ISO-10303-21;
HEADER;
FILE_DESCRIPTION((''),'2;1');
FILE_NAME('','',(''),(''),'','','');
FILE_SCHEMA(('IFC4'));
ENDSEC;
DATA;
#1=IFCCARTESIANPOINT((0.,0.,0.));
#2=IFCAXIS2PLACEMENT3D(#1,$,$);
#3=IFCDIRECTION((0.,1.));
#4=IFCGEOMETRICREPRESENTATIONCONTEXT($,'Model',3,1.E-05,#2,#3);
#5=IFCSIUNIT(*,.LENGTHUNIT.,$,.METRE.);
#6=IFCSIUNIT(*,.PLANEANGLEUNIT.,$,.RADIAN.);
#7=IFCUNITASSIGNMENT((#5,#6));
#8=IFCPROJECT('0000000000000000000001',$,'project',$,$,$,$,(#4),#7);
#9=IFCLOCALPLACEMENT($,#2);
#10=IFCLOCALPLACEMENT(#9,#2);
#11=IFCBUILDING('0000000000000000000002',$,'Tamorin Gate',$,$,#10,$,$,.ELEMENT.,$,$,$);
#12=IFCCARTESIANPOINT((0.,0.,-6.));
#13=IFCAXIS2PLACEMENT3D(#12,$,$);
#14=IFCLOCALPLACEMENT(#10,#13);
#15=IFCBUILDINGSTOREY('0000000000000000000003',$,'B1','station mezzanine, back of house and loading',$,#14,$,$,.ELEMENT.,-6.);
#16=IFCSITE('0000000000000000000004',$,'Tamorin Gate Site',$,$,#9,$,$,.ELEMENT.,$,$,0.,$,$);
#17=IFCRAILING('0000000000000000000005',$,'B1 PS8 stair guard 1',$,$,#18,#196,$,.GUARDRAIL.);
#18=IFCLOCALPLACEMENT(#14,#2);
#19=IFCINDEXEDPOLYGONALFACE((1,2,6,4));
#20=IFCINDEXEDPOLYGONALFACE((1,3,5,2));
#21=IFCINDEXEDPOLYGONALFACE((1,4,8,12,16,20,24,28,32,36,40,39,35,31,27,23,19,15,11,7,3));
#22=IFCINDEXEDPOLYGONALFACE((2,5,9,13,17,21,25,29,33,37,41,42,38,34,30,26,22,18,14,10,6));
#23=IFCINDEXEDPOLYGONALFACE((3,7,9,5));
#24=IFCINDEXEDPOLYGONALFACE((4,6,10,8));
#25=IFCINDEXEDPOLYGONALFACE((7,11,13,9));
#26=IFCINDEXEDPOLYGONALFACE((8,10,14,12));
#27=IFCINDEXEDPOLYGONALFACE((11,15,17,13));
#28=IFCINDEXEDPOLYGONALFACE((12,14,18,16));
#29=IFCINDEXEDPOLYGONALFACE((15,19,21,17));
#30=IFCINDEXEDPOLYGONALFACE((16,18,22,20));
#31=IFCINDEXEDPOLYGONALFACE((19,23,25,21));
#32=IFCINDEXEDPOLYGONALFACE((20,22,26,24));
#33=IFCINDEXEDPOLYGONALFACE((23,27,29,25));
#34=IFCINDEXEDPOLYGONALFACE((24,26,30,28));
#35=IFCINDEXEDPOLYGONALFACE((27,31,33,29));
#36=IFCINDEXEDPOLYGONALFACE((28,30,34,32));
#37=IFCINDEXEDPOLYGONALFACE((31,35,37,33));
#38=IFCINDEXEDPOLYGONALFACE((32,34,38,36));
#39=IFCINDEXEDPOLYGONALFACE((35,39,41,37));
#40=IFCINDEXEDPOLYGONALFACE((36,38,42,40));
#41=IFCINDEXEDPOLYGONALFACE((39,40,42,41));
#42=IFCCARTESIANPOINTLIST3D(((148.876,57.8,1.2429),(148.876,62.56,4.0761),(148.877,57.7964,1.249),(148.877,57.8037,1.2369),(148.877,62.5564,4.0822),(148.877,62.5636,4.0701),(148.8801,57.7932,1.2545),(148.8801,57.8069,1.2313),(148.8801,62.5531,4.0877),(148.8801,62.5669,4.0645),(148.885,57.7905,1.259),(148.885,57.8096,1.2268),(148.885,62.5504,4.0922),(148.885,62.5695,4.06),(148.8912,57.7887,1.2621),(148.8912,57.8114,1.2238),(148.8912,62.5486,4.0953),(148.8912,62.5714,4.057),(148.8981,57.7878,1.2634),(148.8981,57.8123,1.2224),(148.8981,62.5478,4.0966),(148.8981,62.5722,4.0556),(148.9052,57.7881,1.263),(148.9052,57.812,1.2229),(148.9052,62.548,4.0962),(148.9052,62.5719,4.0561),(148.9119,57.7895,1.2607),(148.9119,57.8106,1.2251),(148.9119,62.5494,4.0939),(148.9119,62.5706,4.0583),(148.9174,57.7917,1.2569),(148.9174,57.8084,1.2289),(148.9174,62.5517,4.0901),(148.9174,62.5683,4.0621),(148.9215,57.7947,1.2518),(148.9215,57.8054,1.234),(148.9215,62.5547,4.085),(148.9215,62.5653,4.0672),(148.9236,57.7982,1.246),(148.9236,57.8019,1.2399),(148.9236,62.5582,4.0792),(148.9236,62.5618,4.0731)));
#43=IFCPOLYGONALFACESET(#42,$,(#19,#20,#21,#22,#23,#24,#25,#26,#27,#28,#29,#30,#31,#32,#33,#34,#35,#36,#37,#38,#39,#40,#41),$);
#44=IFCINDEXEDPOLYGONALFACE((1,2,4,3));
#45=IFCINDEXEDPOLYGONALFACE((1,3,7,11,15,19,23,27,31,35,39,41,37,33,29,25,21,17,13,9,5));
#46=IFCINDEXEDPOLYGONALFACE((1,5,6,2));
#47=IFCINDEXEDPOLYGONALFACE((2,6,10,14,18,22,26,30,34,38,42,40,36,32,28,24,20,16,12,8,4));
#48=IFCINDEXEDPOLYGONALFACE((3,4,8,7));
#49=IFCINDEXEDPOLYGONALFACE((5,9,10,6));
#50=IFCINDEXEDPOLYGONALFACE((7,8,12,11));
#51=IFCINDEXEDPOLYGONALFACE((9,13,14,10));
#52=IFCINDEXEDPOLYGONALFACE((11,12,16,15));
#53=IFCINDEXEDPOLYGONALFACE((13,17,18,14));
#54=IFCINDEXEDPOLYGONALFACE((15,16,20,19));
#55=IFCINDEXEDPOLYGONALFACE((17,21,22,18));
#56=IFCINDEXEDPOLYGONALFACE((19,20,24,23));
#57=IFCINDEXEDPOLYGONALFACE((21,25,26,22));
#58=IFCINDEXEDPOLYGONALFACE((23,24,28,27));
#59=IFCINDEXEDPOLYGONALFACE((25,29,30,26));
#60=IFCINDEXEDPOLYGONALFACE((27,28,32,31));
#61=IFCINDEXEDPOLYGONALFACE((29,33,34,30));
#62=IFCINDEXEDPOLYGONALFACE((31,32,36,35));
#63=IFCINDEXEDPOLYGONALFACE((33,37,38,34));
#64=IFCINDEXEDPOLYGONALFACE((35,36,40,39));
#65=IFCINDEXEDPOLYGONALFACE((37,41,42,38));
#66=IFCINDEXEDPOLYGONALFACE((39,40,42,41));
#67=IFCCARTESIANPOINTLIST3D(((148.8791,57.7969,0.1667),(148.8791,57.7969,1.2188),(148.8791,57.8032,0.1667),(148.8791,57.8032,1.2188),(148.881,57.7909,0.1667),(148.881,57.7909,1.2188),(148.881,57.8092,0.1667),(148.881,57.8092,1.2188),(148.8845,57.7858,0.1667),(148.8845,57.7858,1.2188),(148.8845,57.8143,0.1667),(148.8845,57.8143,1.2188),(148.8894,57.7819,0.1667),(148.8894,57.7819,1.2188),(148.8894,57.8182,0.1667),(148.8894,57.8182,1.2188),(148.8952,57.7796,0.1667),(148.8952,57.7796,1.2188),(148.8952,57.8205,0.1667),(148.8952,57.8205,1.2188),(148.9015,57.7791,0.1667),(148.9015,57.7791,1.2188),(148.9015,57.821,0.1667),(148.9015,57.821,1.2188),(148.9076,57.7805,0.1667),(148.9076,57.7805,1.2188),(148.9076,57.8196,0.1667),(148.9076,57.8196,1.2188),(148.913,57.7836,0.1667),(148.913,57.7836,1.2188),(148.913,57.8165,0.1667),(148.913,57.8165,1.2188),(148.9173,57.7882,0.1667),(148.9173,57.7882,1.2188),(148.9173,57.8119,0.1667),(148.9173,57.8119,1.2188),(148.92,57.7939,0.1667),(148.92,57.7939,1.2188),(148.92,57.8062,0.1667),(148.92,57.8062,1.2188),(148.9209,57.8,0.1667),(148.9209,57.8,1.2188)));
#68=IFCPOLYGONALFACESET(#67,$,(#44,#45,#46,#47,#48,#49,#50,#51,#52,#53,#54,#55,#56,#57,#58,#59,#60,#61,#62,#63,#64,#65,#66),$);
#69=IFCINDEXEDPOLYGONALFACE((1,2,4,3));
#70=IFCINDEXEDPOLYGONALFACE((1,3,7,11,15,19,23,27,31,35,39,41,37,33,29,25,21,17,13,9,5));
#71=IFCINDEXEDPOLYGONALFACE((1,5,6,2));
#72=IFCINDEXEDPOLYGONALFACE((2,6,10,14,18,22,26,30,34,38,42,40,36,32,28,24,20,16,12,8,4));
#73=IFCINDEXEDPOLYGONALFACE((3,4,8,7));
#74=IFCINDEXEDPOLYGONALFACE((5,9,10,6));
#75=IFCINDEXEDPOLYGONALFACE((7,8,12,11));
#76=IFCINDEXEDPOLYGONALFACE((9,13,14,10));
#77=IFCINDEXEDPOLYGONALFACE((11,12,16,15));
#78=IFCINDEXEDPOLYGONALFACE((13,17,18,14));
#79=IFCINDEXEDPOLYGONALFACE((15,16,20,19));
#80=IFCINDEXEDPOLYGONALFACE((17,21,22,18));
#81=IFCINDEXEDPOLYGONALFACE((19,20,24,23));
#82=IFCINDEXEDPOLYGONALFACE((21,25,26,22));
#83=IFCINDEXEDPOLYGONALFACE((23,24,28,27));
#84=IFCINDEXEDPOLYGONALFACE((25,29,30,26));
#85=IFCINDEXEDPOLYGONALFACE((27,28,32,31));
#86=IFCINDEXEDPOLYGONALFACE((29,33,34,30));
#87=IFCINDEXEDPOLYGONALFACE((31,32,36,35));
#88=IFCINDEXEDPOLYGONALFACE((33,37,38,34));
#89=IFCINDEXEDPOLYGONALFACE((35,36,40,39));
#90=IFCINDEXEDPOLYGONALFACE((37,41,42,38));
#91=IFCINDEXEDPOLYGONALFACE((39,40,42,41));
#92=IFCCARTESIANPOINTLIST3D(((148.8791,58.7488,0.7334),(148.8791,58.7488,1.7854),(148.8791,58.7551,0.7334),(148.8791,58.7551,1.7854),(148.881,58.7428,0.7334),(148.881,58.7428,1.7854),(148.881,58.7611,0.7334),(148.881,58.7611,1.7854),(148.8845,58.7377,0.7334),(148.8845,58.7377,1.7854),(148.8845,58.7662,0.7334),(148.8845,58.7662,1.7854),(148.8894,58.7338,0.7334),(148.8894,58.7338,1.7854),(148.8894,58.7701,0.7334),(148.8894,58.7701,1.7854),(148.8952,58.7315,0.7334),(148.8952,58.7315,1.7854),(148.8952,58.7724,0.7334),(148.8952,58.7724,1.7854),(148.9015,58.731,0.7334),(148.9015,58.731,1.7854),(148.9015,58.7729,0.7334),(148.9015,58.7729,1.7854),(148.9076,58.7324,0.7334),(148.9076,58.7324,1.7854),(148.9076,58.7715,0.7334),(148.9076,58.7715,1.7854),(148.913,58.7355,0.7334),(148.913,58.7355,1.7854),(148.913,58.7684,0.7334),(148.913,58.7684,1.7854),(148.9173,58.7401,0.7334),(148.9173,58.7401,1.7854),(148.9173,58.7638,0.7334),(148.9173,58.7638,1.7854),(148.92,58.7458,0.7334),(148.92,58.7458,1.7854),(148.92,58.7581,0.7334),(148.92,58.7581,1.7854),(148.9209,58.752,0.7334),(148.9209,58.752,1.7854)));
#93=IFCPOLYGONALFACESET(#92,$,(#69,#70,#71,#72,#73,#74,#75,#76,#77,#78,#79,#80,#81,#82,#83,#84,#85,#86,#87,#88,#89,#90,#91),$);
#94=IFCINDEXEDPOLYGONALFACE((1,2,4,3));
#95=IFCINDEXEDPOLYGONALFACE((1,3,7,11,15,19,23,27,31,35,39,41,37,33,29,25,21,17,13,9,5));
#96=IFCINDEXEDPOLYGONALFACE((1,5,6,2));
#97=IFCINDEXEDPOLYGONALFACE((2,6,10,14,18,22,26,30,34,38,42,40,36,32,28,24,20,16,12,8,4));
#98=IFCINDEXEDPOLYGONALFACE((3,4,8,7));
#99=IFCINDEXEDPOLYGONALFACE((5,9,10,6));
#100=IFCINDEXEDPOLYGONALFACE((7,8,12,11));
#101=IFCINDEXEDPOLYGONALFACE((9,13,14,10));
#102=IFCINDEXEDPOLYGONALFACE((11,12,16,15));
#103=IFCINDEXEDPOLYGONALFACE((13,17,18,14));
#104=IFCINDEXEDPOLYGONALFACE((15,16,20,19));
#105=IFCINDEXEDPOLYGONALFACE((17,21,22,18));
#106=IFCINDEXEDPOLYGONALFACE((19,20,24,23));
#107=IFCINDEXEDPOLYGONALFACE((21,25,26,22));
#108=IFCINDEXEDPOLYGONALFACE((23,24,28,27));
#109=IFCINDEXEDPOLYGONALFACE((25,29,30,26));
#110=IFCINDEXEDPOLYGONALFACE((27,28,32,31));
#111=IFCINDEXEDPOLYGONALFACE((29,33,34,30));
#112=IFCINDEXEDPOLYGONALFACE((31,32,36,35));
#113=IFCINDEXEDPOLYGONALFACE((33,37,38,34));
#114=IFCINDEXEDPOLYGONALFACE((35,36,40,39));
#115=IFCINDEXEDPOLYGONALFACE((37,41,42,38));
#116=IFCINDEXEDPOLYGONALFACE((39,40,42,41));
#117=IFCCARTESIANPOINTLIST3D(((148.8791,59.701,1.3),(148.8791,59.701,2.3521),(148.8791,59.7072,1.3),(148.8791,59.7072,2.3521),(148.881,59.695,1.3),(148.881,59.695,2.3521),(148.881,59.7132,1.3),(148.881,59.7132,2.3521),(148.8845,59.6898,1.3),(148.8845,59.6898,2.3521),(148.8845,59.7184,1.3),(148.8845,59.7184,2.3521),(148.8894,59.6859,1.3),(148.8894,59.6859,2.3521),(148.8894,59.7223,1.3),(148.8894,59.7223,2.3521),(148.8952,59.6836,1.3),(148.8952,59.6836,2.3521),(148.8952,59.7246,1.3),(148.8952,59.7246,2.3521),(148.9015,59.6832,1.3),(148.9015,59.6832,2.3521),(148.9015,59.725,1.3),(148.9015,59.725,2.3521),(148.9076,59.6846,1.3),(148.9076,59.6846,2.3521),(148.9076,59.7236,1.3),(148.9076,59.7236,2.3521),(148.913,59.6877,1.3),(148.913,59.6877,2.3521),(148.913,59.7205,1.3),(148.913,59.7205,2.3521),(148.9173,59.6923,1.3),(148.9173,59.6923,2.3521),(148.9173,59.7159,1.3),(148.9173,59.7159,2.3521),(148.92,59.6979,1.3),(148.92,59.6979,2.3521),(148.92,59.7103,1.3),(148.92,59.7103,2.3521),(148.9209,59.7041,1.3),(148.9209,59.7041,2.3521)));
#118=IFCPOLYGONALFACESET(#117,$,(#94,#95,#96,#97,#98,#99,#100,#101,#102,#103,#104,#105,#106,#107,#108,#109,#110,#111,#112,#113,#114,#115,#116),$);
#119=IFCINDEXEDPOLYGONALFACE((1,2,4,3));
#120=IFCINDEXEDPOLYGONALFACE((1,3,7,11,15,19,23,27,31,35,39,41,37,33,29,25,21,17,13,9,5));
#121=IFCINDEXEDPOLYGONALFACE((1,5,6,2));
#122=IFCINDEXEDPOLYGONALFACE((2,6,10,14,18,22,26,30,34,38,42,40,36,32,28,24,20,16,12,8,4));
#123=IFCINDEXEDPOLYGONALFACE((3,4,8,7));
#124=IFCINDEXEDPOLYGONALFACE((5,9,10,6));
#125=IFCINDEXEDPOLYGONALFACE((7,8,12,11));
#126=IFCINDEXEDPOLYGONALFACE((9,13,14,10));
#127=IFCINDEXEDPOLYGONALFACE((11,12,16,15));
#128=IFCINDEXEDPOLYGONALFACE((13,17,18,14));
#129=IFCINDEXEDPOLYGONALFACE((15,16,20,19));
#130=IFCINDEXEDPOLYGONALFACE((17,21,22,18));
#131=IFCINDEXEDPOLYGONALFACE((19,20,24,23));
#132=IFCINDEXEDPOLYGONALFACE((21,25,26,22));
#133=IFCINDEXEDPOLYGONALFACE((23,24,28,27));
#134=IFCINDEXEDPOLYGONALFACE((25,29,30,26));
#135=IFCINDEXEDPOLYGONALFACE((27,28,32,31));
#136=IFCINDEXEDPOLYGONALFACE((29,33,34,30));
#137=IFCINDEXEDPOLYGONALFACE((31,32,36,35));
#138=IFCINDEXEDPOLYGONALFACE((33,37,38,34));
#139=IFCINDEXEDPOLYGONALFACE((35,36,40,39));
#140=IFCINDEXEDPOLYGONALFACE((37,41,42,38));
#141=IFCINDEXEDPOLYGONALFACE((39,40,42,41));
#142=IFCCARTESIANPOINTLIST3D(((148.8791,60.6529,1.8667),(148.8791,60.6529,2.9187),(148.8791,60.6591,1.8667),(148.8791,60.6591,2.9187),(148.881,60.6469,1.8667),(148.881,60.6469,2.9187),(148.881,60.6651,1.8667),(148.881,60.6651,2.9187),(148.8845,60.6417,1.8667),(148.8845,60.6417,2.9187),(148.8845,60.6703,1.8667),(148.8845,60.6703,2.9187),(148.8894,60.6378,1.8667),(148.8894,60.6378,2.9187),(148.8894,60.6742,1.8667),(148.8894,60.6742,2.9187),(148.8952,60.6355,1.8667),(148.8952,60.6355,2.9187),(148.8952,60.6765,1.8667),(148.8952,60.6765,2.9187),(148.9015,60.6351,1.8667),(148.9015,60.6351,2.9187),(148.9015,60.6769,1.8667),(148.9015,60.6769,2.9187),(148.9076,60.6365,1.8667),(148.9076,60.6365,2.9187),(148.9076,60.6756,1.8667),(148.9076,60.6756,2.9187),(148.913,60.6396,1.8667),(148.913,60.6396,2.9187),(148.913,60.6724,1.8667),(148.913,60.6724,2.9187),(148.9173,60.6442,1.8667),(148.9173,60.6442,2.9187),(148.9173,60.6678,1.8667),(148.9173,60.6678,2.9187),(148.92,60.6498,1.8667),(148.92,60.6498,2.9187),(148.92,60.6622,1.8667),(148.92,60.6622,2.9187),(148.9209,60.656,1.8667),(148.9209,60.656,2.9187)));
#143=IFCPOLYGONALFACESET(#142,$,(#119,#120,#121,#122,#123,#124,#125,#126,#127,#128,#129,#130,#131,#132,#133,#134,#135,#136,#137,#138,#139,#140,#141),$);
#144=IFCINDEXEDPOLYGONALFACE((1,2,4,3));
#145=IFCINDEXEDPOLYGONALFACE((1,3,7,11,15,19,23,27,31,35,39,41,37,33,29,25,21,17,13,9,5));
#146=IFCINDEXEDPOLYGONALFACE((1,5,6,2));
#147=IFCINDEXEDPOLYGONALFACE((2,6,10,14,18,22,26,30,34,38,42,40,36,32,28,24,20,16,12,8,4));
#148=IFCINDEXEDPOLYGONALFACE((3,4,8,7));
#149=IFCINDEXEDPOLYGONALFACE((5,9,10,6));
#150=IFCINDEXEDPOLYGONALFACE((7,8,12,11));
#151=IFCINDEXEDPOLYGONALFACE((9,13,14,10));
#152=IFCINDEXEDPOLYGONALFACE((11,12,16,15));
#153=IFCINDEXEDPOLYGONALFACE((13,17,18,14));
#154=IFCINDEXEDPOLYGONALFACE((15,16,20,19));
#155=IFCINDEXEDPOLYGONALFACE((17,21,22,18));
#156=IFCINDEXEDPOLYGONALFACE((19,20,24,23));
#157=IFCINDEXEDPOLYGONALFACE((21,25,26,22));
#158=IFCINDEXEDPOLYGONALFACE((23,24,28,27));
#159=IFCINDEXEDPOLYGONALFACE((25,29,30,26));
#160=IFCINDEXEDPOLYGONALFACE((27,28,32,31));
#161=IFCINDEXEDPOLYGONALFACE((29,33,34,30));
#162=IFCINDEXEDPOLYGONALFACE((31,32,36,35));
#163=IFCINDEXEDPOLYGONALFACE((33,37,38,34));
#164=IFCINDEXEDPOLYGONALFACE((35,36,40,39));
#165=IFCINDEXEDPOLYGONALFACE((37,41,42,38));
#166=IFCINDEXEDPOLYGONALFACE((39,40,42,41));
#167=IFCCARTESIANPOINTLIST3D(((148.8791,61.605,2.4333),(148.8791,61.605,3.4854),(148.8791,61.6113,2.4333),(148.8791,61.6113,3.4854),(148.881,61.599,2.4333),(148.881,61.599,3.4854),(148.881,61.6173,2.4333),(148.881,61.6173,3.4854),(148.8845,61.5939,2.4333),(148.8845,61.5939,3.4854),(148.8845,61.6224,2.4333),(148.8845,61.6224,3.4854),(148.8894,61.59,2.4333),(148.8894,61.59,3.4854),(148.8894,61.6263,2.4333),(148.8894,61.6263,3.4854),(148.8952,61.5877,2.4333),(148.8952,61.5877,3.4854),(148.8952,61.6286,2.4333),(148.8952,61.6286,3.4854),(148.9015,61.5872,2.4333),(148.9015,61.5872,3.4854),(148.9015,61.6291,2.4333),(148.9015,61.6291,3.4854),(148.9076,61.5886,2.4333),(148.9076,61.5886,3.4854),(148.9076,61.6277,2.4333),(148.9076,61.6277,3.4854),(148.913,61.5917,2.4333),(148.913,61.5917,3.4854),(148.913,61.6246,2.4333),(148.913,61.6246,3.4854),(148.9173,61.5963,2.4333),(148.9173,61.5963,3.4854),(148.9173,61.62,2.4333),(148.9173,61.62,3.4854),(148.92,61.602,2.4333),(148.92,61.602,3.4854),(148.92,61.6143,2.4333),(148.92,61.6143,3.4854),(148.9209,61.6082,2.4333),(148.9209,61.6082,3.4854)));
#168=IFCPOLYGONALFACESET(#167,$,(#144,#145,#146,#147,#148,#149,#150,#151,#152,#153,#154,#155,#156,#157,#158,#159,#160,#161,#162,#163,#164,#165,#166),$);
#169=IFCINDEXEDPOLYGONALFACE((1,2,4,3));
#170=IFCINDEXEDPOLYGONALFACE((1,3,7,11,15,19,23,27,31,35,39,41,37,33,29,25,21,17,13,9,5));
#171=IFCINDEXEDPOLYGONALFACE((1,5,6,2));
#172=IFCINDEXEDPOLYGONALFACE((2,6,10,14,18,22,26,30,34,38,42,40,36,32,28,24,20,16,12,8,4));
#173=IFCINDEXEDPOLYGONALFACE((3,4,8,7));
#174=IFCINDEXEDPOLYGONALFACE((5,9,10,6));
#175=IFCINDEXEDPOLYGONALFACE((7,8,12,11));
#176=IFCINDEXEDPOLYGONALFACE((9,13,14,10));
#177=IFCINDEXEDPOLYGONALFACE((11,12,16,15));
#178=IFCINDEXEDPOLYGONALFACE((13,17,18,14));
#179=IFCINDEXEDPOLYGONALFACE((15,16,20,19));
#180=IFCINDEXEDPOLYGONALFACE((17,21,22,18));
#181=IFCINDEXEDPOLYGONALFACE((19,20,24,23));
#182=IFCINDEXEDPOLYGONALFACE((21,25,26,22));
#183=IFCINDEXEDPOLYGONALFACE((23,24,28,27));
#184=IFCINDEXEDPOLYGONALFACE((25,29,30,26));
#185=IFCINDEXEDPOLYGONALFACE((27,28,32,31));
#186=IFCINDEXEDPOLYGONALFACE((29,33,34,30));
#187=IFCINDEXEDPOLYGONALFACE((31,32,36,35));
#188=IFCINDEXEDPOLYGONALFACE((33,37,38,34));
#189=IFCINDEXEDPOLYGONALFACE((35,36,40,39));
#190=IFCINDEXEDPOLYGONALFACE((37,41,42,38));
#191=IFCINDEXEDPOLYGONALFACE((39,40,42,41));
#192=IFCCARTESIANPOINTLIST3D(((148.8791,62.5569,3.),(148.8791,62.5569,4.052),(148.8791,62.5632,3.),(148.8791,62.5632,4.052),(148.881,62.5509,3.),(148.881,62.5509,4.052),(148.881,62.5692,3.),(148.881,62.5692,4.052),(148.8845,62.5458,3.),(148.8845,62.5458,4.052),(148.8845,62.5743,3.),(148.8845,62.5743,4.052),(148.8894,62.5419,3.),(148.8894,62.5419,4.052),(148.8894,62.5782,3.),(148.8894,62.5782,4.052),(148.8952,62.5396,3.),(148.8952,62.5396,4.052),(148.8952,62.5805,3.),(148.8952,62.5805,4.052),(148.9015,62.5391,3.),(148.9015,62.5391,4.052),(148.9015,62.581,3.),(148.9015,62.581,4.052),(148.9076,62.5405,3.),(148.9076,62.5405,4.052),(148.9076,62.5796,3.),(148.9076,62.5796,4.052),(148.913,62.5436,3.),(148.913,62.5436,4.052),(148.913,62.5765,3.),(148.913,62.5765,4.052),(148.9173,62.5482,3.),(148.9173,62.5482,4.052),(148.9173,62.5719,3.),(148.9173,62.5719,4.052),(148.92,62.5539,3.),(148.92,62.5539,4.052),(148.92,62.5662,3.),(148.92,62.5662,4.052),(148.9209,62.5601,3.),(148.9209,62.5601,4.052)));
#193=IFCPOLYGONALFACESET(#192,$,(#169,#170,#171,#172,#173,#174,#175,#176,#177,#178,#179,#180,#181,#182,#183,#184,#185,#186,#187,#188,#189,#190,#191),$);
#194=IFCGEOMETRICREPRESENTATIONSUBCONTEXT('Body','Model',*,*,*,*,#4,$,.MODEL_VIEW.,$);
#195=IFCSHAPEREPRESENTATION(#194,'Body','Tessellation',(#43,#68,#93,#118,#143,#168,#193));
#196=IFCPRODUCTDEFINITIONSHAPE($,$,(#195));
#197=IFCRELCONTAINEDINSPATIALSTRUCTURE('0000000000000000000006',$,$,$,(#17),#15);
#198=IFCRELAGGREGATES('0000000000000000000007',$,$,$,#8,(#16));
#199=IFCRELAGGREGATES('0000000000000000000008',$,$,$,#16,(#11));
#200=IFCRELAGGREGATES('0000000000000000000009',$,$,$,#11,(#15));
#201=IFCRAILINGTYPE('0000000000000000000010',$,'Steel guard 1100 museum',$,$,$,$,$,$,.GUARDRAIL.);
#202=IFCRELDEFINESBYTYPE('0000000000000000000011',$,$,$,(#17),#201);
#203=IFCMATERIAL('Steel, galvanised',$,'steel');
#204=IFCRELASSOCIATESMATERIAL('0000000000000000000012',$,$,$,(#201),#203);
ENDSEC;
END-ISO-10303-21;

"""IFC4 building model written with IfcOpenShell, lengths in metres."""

from ifc_helpers import new_model, si_unit, direction, frame, origin, origin_2d, place, context, subcontext, project, spatial, circle, extrude, material, type_object, element, save


model = new_model("IFC4")

# Units and contexts
model_context = context("Model", 3, precision=1e-05, world=origin(), true_north=direction((0.0, 1.0)))
body_context = subcontext(model_context, "Body", "Model", "MODEL_VIEW")
ifc_project = project(units=[si_unit("LENGTHUNIT", "METRE"), si_unit("PLANEANGLEUNIT", "RADIAN")], contexts=[model_context])

# Site, building, storey
site_placement = place(None, origin())
site = spatial("IfcSite", under=ifc_project, at=site_placement, Name="Tamorin Gate Site", CompositionType="ELEMENT", RefElevation=0.0)
building_placement = place(site_placement, origin())
building = spatial("IfcBuilding", under=site, at=building_placement, Name="Tamorin Gate", CompositionType="ELEMENT")
storey_placement = place(building_placement, frame((0.0, 0.0, -6.0)))
storey = spatial("IfcBuildingStorey", under=building, at=storey_placement, Name="B1", Description="station mezzanine, back of house and loading", CompositionType="ELEMENT", Elevation=-6.0)

# Railing
ifc_material_1 = material(Name="Steel, galvanised", Category="steel")
railing_type_1 = type_object("IfcRailingType", Name="Steel guard 1100 museum", PredefinedType="GUARDRAIL", material=ifc_material_1)
railing_1_placement = place(storey_placement, frame((148.8999, 57.8, 0.1667)))
element("IfcRailing", 1, at=railing_1_placement, inside=storey, type_object=railing_type_1, Name="B1 PS8 stair guard 1", PredefinedType="GUARDRAIL", context=body_context, shape_type="SweptSolid", body=[
    extrude(circle(Radius=0.0239, at=origin_2d()), frame((0.0, 0.0, 1.0762), z_axis=(0.0, 0.8593, 0.511472), x_axis=(-1.0, 0.0, 0.0)), (0.0, 0.0, 1.0), 5.5393),
    extrude(circle(Radius=0.021, at=origin_2d()), origin(), (0.0, 0.0, 1.0), 1.052),
    extrude(circle(Radius=0.021, at=origin_2d()), frame((0.0, 0.9519, 0.5667)), (0.0, 0.0, 1.0), 1.052),
    extrude(circle(Radius=0.021, at=origin_2d()), frame((0.0, 1.9041, 1.1333)), (0.0, 0.0, 1.0), 1.052),
    extrude(circle(Radius=0.021, at=origin_2d()), frame((0.0, 2.856, 1.7)), (0.0, 0.0, 1.0), 1.052),
    extrude(circle(Radius=0.021, at=origin_2d()), frame((0.0, 3.8081, 2.2666)), (0.0, 0.0, 1.0), 1.052),
    extrude(circle(Radius=0.021, at=origin_2d()), frame((0.0, 4.76, 2.8333)), (0.0, 0.0, 1.0), 1.052),
])

save(model, "model.ifc")
